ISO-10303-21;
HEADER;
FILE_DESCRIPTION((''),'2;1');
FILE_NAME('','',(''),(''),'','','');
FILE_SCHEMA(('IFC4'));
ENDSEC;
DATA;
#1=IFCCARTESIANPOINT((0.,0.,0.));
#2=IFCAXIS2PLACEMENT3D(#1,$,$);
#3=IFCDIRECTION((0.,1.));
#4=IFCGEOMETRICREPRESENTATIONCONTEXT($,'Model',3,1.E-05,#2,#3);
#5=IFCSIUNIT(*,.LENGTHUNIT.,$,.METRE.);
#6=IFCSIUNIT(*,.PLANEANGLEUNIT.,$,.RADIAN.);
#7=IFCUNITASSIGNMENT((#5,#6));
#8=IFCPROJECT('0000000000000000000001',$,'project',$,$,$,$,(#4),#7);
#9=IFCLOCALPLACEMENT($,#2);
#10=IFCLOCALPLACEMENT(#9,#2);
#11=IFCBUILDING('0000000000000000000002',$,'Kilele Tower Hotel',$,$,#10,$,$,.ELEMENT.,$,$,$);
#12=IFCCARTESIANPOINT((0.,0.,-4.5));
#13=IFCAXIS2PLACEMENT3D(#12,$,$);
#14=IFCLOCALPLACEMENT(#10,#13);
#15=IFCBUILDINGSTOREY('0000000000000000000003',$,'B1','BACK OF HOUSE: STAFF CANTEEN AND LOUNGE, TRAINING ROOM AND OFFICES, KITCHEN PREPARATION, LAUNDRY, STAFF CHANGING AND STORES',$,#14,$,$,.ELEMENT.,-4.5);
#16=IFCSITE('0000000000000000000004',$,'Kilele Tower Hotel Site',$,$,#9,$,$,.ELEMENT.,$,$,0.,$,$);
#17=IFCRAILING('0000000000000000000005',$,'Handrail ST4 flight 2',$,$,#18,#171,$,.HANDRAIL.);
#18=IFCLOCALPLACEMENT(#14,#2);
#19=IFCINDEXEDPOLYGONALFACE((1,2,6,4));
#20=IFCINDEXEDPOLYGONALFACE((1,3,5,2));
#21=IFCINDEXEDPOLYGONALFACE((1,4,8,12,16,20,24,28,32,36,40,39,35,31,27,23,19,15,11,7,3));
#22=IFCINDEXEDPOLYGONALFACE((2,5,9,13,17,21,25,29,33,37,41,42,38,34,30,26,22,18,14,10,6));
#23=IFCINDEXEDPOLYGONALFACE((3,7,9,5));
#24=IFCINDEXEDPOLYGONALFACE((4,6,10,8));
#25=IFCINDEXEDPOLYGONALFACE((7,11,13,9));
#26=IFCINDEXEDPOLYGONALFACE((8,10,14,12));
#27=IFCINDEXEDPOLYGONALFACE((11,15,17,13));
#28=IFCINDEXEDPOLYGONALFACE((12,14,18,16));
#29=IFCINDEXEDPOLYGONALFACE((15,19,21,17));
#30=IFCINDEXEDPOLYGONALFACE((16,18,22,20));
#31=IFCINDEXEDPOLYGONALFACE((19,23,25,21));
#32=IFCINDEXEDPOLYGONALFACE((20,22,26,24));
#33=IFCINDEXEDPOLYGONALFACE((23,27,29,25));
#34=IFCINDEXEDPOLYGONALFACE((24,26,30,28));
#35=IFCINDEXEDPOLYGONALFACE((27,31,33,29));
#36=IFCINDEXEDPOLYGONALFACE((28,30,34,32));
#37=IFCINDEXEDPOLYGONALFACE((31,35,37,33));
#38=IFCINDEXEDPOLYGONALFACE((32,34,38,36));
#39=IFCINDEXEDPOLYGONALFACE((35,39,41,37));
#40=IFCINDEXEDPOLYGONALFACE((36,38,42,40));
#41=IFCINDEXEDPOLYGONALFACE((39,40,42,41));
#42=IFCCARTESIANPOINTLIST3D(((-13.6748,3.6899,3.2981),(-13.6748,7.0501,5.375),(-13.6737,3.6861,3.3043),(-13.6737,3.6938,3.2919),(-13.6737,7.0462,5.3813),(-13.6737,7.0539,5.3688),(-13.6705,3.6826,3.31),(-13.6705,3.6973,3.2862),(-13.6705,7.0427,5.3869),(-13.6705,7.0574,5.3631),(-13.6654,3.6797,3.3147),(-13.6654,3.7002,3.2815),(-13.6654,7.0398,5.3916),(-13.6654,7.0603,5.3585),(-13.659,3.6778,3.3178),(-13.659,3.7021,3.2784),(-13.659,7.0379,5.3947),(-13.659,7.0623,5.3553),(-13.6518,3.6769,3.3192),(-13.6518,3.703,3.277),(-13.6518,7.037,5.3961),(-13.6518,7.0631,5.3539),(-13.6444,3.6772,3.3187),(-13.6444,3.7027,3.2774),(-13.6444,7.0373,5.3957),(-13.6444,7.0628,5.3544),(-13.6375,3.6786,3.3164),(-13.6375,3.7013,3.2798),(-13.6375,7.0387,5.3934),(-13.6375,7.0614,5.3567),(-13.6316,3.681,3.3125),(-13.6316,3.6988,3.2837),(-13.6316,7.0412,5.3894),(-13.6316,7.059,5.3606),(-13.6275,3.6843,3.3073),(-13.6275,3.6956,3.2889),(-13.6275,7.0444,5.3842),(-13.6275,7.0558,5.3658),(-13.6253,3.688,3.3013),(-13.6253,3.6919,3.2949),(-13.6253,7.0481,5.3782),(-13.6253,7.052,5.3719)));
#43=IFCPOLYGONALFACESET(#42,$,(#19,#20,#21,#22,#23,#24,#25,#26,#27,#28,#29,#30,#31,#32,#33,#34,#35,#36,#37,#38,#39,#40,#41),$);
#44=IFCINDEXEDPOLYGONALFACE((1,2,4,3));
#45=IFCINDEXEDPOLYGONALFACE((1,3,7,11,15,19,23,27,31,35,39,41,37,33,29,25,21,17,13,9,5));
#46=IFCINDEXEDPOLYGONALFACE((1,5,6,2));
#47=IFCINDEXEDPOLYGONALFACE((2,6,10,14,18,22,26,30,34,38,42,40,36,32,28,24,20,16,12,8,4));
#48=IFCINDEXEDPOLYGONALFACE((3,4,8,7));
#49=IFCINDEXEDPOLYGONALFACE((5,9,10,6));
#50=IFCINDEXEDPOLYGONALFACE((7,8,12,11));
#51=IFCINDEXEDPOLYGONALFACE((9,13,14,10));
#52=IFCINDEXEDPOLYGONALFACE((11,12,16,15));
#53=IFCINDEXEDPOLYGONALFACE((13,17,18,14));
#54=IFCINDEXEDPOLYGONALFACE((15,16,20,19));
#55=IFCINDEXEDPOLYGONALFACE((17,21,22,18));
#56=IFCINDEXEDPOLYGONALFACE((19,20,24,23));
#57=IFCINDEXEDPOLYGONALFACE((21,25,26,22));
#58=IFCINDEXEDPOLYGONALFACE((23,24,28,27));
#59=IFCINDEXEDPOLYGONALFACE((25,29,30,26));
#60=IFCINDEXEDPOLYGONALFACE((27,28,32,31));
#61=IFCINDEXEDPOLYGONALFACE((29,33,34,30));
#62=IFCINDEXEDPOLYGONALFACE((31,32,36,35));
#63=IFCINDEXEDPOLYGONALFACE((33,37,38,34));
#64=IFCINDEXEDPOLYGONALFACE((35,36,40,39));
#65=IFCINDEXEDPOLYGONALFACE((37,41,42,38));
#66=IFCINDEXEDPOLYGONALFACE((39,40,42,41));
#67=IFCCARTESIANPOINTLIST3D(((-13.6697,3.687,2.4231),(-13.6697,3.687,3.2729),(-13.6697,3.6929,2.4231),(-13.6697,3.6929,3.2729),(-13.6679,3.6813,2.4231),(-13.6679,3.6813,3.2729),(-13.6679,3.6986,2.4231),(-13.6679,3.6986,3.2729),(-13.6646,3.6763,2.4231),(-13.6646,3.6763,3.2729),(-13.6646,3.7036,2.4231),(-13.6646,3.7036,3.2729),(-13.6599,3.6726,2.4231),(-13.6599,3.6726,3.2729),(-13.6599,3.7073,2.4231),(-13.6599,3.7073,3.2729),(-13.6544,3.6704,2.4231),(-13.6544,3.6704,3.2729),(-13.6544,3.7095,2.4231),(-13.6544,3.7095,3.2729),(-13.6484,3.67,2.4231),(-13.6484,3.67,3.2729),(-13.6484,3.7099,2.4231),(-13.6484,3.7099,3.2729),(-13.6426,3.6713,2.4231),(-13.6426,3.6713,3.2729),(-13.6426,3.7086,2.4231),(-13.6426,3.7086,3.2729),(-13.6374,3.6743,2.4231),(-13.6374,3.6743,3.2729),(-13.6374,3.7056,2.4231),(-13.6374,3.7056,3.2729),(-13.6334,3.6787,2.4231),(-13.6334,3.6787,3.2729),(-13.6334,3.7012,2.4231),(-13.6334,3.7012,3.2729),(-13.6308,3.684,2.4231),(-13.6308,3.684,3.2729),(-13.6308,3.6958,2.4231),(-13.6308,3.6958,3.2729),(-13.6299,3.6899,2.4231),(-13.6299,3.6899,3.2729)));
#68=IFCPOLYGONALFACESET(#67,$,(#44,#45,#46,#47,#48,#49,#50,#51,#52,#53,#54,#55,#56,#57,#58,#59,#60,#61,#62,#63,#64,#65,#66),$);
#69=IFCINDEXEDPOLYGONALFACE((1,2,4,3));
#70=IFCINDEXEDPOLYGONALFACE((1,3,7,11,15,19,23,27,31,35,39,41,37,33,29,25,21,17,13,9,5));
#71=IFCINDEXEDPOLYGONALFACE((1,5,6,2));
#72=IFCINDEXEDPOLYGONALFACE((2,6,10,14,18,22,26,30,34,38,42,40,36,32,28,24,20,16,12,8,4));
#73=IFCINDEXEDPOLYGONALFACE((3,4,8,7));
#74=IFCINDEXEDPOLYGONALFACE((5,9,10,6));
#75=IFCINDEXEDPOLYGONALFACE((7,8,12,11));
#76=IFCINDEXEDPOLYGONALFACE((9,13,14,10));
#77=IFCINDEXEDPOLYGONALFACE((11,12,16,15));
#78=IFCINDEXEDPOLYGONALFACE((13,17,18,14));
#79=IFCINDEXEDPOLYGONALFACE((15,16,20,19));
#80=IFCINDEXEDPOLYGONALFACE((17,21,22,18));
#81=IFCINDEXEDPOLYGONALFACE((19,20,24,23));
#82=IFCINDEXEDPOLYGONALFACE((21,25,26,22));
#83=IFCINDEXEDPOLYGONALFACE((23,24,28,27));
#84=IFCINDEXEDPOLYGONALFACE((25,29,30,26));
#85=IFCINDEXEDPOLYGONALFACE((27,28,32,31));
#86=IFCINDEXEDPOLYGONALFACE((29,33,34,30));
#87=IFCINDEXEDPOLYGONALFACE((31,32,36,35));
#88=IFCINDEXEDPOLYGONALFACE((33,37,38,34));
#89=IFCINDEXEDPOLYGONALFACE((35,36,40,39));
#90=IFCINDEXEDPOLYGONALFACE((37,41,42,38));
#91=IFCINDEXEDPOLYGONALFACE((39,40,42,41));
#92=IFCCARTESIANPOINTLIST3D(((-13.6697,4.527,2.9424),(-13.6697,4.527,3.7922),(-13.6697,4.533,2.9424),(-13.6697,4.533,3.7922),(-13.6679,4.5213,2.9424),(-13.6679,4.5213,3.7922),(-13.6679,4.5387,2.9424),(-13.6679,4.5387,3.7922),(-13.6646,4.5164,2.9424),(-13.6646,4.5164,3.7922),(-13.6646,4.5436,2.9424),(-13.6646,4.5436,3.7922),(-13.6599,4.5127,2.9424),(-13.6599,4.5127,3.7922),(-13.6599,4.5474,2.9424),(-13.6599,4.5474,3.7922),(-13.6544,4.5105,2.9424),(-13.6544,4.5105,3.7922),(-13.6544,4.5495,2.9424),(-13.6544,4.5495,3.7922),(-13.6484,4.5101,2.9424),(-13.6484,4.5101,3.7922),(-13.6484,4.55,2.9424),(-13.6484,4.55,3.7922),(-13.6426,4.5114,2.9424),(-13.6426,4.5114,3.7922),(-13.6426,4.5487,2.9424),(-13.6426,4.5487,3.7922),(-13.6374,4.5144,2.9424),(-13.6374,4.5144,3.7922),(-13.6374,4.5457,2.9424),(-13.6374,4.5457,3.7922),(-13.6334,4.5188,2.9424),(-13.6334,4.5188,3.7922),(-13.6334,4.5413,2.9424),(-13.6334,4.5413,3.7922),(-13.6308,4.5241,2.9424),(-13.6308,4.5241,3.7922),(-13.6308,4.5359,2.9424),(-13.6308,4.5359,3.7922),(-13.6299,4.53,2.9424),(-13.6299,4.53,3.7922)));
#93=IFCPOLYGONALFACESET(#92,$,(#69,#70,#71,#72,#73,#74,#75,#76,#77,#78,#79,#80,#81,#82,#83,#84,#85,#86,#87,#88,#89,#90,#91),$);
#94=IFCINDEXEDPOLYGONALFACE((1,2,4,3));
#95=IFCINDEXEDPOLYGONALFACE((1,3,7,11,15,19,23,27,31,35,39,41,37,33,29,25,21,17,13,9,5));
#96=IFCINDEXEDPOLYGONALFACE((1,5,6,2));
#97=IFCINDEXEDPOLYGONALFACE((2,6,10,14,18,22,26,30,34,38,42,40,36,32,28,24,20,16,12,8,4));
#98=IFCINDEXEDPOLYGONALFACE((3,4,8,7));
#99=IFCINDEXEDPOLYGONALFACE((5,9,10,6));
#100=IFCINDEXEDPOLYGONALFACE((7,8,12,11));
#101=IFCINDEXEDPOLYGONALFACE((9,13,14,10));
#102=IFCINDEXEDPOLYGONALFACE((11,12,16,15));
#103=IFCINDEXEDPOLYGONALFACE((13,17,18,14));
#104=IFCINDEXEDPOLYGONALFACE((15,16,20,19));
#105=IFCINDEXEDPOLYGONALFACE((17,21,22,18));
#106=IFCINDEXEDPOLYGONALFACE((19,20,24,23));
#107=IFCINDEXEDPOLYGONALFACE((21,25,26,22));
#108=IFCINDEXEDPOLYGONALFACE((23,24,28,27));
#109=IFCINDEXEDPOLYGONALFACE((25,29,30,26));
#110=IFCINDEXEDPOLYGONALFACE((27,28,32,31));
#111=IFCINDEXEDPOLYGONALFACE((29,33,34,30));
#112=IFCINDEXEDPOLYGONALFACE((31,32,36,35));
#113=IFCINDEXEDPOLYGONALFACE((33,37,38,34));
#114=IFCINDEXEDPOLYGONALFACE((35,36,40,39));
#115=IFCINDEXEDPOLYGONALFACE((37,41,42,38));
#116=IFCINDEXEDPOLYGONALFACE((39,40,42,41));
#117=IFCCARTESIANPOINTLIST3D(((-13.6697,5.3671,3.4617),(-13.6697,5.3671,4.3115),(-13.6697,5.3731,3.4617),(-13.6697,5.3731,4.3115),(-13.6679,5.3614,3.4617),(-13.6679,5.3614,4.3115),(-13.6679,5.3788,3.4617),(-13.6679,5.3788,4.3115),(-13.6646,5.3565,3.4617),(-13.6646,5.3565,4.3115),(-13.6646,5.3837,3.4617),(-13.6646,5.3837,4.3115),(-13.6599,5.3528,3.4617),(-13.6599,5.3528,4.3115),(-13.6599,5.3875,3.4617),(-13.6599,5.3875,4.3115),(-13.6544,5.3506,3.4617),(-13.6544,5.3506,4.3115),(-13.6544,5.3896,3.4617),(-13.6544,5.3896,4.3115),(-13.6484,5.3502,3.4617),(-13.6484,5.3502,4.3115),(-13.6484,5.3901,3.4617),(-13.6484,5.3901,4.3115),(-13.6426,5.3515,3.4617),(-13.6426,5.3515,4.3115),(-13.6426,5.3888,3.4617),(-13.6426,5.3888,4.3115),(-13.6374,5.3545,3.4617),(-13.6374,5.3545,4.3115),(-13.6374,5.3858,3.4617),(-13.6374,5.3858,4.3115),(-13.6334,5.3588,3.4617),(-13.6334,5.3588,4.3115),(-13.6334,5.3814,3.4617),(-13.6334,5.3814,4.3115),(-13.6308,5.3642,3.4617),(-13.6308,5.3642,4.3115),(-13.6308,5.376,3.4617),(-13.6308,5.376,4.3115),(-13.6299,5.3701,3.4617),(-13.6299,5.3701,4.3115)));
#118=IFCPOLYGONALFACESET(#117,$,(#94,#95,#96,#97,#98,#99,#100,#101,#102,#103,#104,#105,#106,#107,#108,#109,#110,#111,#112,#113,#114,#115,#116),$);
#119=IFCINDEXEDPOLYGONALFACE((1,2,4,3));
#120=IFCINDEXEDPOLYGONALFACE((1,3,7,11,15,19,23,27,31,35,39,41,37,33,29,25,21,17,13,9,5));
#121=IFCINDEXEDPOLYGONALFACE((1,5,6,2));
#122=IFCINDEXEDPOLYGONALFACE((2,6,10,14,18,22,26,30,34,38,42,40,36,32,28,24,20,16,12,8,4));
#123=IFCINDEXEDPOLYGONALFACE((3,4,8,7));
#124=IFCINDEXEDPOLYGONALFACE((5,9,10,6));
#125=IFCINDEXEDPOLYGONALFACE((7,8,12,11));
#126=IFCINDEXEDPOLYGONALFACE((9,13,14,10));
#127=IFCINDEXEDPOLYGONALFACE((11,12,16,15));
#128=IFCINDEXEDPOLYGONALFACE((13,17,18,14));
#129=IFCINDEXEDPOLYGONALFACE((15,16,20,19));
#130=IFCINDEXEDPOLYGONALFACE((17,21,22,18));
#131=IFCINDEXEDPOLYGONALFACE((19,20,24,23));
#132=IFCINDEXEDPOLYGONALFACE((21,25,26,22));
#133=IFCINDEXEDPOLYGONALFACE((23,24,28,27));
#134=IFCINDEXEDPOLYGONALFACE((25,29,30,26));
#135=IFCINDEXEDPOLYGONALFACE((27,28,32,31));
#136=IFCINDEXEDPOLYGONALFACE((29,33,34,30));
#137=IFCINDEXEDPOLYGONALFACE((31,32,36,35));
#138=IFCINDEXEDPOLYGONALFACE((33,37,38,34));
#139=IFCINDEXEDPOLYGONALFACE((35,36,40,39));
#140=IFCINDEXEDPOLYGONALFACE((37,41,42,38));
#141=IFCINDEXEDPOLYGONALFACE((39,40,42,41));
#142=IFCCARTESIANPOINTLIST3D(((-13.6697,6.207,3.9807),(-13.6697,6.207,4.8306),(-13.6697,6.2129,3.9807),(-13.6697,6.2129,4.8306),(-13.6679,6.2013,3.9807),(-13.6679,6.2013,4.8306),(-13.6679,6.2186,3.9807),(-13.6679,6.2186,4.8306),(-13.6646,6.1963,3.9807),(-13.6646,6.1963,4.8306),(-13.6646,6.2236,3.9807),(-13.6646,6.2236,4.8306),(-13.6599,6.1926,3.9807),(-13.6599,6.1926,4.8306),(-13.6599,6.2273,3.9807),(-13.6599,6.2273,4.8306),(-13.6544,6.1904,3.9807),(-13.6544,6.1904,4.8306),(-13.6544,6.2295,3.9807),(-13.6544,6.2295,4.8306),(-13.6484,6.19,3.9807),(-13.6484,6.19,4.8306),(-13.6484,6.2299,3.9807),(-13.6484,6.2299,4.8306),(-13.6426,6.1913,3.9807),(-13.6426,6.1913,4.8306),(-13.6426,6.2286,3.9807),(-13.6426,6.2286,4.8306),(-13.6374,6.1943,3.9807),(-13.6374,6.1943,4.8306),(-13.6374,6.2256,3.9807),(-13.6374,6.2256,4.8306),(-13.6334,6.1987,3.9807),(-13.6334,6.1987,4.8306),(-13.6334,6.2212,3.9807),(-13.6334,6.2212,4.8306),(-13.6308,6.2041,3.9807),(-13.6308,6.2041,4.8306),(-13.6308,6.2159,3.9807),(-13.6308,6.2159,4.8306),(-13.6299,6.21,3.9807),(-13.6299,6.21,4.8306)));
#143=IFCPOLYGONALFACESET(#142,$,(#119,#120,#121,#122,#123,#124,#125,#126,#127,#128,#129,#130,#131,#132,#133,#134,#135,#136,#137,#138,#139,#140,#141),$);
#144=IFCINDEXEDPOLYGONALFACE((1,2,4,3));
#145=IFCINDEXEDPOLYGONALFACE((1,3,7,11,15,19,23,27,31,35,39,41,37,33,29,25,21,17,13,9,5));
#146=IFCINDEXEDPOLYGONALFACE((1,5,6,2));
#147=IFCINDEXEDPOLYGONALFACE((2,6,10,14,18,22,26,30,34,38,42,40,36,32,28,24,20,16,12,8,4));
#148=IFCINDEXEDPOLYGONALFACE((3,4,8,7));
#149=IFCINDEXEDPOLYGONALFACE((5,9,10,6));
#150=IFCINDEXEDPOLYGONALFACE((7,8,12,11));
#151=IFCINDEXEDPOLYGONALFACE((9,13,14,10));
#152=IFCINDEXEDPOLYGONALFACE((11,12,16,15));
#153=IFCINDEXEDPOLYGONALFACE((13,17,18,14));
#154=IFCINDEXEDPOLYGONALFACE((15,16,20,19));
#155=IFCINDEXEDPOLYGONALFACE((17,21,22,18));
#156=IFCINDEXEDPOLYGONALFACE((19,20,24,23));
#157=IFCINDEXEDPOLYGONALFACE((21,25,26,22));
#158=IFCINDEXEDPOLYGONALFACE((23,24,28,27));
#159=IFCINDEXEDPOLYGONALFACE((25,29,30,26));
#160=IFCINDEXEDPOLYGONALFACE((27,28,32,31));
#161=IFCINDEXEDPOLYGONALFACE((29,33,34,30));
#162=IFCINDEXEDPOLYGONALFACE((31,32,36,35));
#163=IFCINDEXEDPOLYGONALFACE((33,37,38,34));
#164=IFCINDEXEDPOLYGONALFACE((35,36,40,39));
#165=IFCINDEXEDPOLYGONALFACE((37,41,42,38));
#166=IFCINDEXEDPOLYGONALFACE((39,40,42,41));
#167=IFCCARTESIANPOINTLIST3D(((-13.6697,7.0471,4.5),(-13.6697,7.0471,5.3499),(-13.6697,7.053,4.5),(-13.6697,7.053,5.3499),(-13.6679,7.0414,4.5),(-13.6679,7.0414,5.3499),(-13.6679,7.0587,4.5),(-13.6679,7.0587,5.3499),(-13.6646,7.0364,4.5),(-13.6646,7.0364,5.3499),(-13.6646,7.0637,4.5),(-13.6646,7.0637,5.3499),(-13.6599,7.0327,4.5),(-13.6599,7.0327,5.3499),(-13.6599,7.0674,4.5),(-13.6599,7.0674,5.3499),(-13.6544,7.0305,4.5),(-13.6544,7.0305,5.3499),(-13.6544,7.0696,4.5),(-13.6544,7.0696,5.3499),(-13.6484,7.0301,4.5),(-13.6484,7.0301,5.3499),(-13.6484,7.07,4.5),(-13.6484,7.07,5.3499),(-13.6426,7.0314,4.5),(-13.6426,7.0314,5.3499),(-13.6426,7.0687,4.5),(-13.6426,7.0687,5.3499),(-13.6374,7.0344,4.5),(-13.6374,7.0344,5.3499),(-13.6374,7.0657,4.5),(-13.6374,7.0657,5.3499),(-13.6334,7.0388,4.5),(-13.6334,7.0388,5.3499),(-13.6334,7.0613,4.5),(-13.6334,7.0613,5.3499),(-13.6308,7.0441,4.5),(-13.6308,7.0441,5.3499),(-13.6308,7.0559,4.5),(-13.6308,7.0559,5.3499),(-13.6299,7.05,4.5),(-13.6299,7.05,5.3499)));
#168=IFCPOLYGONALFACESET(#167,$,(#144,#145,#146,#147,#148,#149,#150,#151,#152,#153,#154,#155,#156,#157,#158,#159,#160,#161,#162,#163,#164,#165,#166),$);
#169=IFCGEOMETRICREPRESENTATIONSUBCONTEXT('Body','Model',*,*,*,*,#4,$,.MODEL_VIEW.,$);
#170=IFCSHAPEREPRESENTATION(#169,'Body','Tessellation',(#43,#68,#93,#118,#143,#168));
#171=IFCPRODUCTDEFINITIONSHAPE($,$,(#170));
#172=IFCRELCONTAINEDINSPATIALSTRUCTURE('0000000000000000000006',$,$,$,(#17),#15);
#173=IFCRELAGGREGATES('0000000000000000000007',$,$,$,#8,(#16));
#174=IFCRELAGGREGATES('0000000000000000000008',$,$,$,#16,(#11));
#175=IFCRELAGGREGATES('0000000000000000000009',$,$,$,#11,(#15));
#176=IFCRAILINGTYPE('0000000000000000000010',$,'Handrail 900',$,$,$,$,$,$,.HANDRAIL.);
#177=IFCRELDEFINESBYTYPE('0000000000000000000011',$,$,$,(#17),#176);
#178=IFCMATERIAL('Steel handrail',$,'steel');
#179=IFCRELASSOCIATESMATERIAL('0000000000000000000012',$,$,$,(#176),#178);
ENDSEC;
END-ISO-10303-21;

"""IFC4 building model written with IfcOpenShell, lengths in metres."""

from ifc_helpers import new_model, si_unit, direction, frame, origin, origin_2d, place, context, subcontext, project, spatial, circle, extrude, material, type_object, element, save


model = new_model("IFC4")

# Units and contexts
model_context = context("Model", 3, precision=1e-05, world=origin(), true_north=direction((0.0, 1.0)))
body_context = subcontext(model_context, "Body", "Model", "MODEL_VIEW")
ifc_project = project(units=[si_unit("LENGTHUNIT", "METRE"), si_unit("PLANEANGLEUNIT", "RADIAN")], contexts=[model_context])

# Site, building, storey
site_placement = place(None, origin())
site = spatial("IfcSite", under=ifc_project, at=site_placement, Name="Kilele Tower Hotel Site", CompositionType="ELEMENT", RefElevation=0.0)
building_placement = place(site_placement, origin())
building = spatial("IfcBuilding", under=site, at=building_placement, Name="Kilele Tower Hotel", CompositionType="ELEMENT")
storey_placement = place(building_placement, frame((0.0, 0.0, -4.5)))
storey = spatial("IfcBuildingStorey", under=building, at=storey_placement, Name="B1", Description="BACK OF HOUSE: STAFF CANTEEN AND LOUNGE, TRAINING ROOM AND OFFICES, KITCHEN PREPARATION, LAUNDRY, STAFF CHANGING AND STORES", CompositionType="ELEMENT", Elevation=-4.5)

# Railing
ifc_material_1 = material(Name="Steel handrail", Category="steel")
railing_type_1 = type_object("IfcRailingType", Name="Handrail 900", PredefinedType="HANDRAIL", material=ifc_material_1)
for number, where, name in (
    (1, (-13.6499, 3.6899, 2.4231), "Handrail ST4 flight 2"),
):
    element("IfcRailing", number, at=place(storey_placement, frame(where)), inside=storey, type_object=railing_type_1, Name=name, PredefinedType="HANDRAIL", context=body_context, shape_type="SweptSolid", body=[
        extrude(circle(Radius=0.0249, at=origin_2d()), frame((0.0, 0.0, 0.875), z_axis=(0.0, 0.850623, 0.525776), x_axis=(-1.0, 0.0, 0.0)), (0.0, 0.0, 1.0), 3.9502),
        extrude(circle(Radius=0.02, at=origin_2d()), origin(), (0.0, 0.0, 1.0), 0.8499),
        extrude(circle(Radius=0.02, at=origin_2d()), frame((0.0, 0.8401, 0.5193)), (0.0, 0.0, 1.0), 0.8499),
        extrude(circle(Radius=0.02, at=origin_2d()), frame((0.0, 1.6802, 1.0386)), (0.0, 0.0, 1.0), 0.8499),
        extrude(circle(Radius=0.02, at=origin_2d()), frame((0.0, 2.52, 1.5576)), (0.0, 0.0, 1.0), 0.8499),
        extrude(circle(Radius=0.02, at=origin_2d()), frame((0.0, 3.3601, 2.0769)), (0.0, 0.0, 1.0), 0.8499),
    ])

save(model, "model.ifc")
